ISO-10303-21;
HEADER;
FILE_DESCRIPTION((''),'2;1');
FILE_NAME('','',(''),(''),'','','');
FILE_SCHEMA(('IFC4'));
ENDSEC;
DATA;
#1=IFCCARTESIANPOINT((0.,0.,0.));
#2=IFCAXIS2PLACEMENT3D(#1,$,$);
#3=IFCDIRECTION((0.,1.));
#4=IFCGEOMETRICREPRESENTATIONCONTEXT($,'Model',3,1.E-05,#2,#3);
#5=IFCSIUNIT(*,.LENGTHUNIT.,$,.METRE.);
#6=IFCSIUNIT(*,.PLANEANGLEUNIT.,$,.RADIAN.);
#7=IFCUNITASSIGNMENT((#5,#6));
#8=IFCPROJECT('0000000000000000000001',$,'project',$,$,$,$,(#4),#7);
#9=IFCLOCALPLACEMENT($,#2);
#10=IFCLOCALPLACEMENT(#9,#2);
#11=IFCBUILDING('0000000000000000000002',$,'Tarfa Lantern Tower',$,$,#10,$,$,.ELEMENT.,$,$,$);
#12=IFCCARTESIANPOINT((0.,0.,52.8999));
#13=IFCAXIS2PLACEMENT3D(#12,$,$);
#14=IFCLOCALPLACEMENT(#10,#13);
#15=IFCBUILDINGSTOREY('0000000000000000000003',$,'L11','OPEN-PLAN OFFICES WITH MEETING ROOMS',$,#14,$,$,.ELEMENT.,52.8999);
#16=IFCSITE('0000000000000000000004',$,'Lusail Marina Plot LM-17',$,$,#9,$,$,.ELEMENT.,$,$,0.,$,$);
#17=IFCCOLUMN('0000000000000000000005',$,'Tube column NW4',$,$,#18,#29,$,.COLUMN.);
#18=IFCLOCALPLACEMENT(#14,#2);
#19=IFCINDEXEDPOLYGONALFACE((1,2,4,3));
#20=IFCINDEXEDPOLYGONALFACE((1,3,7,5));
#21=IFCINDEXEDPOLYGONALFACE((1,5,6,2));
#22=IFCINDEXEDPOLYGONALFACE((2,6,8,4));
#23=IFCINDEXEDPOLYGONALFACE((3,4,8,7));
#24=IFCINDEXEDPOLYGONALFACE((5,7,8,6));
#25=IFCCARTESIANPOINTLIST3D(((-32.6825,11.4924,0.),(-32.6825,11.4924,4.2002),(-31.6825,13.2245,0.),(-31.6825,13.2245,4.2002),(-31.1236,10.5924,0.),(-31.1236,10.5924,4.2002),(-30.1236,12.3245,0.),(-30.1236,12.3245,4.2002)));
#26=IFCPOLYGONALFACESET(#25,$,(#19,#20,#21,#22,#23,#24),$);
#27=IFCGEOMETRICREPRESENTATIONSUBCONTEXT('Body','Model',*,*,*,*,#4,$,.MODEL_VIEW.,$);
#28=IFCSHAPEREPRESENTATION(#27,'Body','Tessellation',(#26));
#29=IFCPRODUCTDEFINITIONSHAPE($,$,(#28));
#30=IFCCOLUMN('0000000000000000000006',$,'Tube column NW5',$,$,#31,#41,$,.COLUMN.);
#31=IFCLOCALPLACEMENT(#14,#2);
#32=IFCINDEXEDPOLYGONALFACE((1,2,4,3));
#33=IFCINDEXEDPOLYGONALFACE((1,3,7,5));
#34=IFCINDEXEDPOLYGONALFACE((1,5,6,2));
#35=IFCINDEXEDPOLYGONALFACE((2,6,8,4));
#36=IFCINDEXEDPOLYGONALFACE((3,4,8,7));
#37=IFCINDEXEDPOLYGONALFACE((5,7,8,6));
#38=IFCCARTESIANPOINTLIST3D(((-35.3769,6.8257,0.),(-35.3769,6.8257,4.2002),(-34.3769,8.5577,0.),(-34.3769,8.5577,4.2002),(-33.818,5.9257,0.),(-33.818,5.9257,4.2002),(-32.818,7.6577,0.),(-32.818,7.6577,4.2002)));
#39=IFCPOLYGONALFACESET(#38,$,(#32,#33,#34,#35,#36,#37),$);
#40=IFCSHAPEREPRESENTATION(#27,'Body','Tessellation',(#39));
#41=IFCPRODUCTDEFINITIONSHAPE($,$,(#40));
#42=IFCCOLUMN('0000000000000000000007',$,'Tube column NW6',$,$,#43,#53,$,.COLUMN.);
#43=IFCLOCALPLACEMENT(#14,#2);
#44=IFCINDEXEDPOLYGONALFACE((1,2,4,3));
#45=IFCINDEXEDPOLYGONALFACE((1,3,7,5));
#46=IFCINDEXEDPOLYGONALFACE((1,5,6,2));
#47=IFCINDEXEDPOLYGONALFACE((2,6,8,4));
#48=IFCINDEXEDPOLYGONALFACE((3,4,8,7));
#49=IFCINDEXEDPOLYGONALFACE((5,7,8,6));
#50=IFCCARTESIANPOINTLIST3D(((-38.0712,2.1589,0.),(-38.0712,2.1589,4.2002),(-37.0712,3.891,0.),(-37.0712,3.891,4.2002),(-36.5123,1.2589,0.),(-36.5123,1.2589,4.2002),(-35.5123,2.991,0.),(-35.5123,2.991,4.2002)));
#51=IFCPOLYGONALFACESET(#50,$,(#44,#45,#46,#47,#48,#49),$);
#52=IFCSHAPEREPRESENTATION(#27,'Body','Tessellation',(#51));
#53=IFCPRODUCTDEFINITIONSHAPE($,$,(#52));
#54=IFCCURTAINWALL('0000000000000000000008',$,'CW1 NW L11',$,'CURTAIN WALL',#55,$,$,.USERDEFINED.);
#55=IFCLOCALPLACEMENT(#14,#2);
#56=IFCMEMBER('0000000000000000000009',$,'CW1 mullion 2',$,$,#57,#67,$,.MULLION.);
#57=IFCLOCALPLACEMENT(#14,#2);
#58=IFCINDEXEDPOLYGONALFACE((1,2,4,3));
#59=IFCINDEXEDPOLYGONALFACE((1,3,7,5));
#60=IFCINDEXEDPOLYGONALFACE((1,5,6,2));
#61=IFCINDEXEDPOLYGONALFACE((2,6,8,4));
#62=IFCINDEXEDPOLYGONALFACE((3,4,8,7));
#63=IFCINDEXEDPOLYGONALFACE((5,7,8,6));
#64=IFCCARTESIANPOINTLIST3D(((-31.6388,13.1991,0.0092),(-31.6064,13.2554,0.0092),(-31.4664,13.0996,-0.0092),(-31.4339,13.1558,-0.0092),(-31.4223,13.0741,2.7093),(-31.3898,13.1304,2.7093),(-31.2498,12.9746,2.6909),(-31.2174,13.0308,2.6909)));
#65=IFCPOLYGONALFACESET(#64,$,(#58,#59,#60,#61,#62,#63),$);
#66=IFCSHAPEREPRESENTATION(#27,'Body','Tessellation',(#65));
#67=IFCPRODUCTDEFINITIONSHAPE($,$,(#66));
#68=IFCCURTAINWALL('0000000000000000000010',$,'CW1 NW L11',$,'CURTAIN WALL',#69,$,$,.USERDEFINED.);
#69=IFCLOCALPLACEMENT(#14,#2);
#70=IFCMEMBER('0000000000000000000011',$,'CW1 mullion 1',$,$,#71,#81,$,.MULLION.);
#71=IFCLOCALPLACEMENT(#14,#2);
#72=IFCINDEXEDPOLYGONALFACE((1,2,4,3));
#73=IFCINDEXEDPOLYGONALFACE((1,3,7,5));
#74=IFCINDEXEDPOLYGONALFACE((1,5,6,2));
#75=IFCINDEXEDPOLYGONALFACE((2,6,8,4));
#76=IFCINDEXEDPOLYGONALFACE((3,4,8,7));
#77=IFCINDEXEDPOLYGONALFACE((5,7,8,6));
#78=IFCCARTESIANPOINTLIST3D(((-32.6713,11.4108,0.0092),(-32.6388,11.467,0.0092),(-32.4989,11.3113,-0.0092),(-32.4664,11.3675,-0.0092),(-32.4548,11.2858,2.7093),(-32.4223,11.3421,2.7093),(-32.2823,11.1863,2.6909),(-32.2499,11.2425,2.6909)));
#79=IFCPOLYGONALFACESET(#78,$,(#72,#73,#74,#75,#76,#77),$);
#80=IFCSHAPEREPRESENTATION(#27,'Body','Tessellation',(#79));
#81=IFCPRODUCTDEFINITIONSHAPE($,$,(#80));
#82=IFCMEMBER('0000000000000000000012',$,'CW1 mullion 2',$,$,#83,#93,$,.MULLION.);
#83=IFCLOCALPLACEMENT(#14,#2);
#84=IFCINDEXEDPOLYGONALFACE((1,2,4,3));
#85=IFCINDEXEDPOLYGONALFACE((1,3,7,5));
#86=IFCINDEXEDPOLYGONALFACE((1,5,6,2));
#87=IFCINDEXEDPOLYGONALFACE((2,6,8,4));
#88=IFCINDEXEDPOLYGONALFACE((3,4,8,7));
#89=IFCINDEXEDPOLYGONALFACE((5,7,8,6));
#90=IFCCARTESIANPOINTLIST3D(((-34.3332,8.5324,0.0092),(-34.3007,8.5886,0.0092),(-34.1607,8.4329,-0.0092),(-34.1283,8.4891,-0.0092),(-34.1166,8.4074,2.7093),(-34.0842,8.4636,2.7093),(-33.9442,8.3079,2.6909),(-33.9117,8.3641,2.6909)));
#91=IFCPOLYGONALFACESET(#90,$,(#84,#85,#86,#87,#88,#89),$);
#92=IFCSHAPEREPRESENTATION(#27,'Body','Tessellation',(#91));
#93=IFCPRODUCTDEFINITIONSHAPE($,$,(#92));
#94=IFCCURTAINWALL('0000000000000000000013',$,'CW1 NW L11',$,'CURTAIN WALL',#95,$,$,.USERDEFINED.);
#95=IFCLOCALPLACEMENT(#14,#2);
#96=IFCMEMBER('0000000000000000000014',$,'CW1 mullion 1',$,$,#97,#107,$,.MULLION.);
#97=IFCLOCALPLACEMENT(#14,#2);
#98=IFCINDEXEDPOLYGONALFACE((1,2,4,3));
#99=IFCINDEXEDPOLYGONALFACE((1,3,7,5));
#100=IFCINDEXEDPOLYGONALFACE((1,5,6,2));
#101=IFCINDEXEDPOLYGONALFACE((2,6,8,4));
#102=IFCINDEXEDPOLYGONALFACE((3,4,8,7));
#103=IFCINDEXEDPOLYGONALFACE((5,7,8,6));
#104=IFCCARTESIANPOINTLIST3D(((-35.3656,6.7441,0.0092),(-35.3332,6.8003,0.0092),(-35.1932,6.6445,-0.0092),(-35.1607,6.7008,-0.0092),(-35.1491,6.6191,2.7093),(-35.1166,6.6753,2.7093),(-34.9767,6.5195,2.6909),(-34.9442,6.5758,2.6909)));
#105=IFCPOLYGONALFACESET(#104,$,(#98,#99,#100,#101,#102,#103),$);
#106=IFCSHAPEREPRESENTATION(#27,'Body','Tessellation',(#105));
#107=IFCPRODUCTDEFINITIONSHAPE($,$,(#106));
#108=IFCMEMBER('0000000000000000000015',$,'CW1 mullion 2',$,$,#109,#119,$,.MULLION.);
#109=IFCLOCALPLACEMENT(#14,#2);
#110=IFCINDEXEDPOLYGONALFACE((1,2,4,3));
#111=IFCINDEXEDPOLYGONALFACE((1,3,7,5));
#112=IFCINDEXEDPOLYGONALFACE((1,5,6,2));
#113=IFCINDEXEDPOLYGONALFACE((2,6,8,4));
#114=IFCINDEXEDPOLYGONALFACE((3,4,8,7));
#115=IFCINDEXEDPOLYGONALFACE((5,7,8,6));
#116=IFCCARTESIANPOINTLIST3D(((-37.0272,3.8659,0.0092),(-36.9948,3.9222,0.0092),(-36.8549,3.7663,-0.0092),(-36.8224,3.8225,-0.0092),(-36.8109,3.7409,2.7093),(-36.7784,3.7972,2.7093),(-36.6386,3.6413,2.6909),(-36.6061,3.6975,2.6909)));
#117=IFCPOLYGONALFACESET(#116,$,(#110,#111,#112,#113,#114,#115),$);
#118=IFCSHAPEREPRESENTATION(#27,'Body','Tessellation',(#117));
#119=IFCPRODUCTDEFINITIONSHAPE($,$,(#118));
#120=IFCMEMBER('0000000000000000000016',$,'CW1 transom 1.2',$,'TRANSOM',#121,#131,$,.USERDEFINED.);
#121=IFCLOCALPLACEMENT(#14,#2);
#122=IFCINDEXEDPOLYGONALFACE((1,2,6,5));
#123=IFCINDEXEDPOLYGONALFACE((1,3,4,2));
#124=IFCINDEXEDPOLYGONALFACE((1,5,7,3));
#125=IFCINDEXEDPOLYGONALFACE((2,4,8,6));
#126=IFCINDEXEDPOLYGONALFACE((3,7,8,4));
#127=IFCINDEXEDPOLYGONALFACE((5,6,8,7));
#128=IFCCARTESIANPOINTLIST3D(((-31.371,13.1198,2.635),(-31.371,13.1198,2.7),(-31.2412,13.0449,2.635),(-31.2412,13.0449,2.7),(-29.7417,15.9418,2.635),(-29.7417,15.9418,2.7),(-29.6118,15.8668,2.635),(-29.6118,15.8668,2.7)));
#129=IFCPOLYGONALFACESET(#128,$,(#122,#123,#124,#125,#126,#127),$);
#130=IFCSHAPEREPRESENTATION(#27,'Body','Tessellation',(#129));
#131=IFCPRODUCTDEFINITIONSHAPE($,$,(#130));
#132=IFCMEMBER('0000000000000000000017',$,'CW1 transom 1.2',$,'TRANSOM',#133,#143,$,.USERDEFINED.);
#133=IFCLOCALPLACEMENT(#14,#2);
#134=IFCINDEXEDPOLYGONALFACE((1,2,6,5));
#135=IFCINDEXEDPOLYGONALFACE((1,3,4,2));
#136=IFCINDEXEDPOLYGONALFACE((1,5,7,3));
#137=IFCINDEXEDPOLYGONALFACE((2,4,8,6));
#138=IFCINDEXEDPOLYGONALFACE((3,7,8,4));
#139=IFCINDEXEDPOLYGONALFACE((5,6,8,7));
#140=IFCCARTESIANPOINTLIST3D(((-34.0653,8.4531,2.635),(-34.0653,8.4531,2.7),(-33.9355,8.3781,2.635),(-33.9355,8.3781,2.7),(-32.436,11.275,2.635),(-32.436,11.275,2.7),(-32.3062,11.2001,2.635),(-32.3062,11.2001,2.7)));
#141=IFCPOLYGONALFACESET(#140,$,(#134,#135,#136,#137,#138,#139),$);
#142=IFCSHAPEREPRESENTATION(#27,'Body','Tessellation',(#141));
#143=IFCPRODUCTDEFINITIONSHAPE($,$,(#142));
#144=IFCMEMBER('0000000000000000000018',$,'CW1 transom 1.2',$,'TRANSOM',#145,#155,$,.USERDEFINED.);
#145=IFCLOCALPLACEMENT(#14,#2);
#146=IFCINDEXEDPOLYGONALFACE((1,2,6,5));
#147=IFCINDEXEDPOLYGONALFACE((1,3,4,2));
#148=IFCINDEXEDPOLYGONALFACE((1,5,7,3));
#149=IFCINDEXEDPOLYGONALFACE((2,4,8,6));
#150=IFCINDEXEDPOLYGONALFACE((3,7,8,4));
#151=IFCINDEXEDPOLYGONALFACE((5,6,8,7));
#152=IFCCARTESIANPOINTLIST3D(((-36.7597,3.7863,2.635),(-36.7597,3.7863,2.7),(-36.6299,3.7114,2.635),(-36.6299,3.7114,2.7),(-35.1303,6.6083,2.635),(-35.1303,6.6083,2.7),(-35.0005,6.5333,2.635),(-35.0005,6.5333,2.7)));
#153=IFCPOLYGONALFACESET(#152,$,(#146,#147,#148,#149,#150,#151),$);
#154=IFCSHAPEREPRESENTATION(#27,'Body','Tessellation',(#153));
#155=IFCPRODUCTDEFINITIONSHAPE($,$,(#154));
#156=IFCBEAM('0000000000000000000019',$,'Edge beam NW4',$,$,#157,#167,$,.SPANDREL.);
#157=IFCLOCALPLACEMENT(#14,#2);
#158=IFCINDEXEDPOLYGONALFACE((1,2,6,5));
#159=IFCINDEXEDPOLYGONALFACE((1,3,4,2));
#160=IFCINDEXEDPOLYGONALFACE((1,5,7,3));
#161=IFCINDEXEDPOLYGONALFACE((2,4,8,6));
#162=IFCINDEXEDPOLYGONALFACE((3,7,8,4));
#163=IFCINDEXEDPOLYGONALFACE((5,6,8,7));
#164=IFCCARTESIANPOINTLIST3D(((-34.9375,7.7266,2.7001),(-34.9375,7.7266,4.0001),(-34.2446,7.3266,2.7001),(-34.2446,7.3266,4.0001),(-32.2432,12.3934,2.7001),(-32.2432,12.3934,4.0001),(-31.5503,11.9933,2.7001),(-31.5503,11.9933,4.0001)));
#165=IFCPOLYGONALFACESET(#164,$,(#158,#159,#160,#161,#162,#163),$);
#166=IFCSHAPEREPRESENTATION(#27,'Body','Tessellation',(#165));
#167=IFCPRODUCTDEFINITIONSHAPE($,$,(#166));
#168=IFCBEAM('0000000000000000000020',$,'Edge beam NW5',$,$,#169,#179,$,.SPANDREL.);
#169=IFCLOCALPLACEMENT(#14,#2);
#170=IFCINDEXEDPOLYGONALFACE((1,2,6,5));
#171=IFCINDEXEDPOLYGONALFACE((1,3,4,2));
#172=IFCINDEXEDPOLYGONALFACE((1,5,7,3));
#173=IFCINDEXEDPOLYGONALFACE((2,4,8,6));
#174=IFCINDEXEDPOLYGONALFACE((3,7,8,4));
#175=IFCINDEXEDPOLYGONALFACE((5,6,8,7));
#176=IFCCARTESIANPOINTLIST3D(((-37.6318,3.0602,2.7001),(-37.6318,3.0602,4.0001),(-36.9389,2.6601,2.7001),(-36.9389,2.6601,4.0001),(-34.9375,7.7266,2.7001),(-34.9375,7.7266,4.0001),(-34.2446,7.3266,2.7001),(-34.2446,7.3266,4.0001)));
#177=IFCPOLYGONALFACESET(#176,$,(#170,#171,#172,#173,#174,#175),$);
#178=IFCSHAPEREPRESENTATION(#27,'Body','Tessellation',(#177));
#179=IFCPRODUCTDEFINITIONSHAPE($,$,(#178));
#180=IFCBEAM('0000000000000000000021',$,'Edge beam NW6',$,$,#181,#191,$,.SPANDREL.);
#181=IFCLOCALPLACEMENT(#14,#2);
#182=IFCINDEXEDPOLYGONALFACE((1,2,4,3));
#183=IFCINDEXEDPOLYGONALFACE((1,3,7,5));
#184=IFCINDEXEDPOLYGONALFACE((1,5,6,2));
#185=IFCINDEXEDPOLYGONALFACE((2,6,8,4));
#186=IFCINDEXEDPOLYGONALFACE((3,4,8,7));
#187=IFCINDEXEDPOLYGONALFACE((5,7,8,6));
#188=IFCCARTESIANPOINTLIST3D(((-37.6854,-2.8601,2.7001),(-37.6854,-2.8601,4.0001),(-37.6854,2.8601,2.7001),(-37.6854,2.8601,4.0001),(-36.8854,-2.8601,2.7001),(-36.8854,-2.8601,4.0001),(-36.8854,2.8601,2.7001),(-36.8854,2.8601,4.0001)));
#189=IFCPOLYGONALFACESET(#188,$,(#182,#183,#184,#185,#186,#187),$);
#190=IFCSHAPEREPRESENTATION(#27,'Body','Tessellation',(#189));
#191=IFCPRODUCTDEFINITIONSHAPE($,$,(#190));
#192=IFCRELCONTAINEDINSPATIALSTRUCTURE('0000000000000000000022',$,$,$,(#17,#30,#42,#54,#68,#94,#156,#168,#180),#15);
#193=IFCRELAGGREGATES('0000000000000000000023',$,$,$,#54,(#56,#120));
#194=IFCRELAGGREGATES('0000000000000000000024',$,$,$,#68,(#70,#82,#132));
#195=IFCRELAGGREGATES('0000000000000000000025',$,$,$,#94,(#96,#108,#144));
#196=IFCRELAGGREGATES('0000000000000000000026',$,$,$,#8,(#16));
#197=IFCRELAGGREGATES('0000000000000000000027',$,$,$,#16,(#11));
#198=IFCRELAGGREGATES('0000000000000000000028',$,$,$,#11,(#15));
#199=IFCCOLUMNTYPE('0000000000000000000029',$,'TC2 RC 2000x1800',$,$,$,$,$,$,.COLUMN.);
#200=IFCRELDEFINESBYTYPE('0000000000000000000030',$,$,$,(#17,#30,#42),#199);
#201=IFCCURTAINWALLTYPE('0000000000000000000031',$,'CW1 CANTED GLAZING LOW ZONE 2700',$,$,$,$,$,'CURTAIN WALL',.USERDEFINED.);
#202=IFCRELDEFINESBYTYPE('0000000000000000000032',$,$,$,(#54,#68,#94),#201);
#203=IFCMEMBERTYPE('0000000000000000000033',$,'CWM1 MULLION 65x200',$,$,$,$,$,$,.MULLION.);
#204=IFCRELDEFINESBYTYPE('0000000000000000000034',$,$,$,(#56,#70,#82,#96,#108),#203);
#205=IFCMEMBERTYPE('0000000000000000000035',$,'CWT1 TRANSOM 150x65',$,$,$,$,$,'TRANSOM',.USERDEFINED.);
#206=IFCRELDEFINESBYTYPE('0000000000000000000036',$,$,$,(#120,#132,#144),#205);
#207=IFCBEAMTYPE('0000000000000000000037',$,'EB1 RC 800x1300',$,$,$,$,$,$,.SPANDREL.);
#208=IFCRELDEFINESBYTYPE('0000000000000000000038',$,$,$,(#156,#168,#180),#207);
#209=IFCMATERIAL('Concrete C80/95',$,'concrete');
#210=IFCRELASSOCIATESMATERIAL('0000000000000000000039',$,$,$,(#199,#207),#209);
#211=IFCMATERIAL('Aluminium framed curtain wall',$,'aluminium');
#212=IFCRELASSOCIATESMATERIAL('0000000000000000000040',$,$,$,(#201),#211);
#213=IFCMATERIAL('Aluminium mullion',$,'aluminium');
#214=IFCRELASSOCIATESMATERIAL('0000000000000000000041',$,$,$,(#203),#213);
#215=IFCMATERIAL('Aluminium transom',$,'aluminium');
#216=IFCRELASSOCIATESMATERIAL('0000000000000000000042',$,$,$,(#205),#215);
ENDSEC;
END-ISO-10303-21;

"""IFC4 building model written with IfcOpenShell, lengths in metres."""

from ifc_helpers import new_model, si_unit, direction, frame, origin, origin_2d, place, context, subcontext, project, spatial, rectangle, extrude, material, material_profile, profile_set, type_object, element, aggregate, save


model = new_model("IFC4")

# Units and contexts
model_context = context("Model", 3, precision=1e-05, world=origin(), true_north=direction((0.0, 1.0)))
body_context = subcontext(model_context, "Body", "Model", "MODEL_VIEW")
ifc_project = project(units=[si_unit("LENGTHUNIT", "METRE"), si_unit("PLANEANGLEUNIT", "RADIAN")], contexts=[model_context])

# Site, building, storey
site_placement = place(None, origin())
site = spatial("IfcSite", under=ifc_project, at=site_placement, Name="Lusail Marina Plot LM-17", CompositionType="ELEMENT", RefElevation=0.0)
building_placement = place(site_placement, origin())
building = spatial("IfcBuilding", under=site, at=building_placement, Name="Tarfa Lantern Tower", CompositionType="ELEMENT")
storey_placement = place(building_placement, frame((0.0, 0.0, 52.8999)))
storey = spatial("IfcBuildingStorey", under=building, at=storey_placement, Name="L11", Description="OPEN-PLAN OFFICES WITH MEETING ROOMS", CompositionType="ELEMENT", Elevation=52.8999)

# Columns
ifc_material_1 = material(Name="Concrete C80/95", Category="concrete")
ifc_material_profile_1 = material_profile(ifc_material_1, rectangle(XDim=2.0, YDim=1.8, at=origin_2d()), Name="RC 2000x1800")
ifc_profile_set_1 = profile_set([ifc_material_profile_1], Name="Concrete C80/95")
column_type = type_object("IfcColumnType", Name="TC2 RC 2000x1800", PredefinedType="COLUMN", material=ifc_profile_set_1)
for number, where, z_axis, x_axis, name in (
    (1, (-31.4031, 11.9084, 0.0), (0.0, 0.0, 1.0), (-0.5, -0.866025, 0.0), "Tube column NW4"),
    (2, (-34.0974, 7.2417, 0.0), (0.0, 0.0, 1.0), (-0.5, -0.866025, 0.0), "Tube column NW5"),
    (3, (-36.7917, 2.575, 0.0), (0.0, 0.0, 1.0), (-0.5, -0.866025, 0.0), "Tube column NW6"),
):
    element("IfcColumn", number, at=place(storey_placement, frame(where, z_axis=z_axis, x_axis=x_axis)), inside=storey, type_object=column_type, Name=name, PredefinedType="COLUMN", context=body_context, shape_type="SweptSolid", body=[
        extrude(rectangle(XDim=2.0, YDim=1.8, at=origin_2d()), origin(), (0.0, 0.0, 1.0), 4.2002),
    ])

# Curtain wall, member
ifc_material_2 = material(Name="Aluminium framed curtain wall", Category="aluminium")
curtain_wall_type = type_object("IfcCurtainWallType", Name="CW1 CANTED GLAZING LOW ZONE 2700", ElementType="CURTAIN WALL", PredefinedType="USERDEFINED", material=ifc_material_2)
curtain_wall_1_placement = place(storey_placement, origin())
curtain_wall_1 = element("IfcCurtainWall", 4, at=curtain_wall_1_placement, inside=storey, type_object=curtain_wall_type, Name="CW1 NW L11", ObjectType="CURTAIN WALL", PredefinedType="USERDEFINED")
ifc_material_3 = material(Name="Aluminium mullion", Category="aluminium")
ifc_material_profile_2 = material_profile(ifc_material_3, rectangle(XDim=0.0649, YDim=0.2, at=origin_2d()), Name="AL MULLION 65x200")
ifc_profile_set_2 = profile_set([ifc_material_profile_2], Name="Aluminium mullion")
member_type_1 = type_object("IfcMemberType", Name="CWM1 MULLION 65x200", PredefinedType="MULLION", material=ifc_profile_set_2)
member_1_placement = place(storey_placement, frame((-31.5364, 13.1775, 0.0), z_axis=(0.079857, -0.046096, 0.99574), x_axis=(0.49992, 0.866072, 0.0)))
member_1 = element("IfcMember", 5, at=member_1_placement, type_object=member_type_1, Name="CW1 mullion 2", PredefinedType="MULLION", context=body_context, shape_type="SweptSolid", body=[
    extrude(rectangle(XDim=0.0649, YDim=0.2, at=origin_2d()), origin(), (0.0, 0.0, 1.0), 2.7117),
])

# Curtain walls, members
curtain_wall_2_placement = place(storey_placement, origin())
curtain_wall_2 = element("IfcCurtainWall", 6, at=curtain_wall_2_placement, inside=storey, type_object=curtain_wall_type, Name="CW1 NW L11", ObjectType="CURTAIN WALL", PredefinedType="USERDEFINED")
member_2_placement = place(storey_placement, frame((-32.5688, 11.3892, 0.0), z_axis=(0.079857, -0.046096, 0.99574), x_axis=(0.49992, 0.866072, 0.0)))
member_2 = element("IfcMember", 7, at=member_2_placement, type_object=member_type_1, Name="CW1 mullion 1", PredefinedType="MULLION", context=body_context, shape_type="SweptSolid", body=[
    extrude(rectangle(XDim=0.0649, YDim=0.2, at=origin_2d()), origin(), (0.0, 0.0, 1.0), 2.7117),
])
member_3_placement = place(storey_placement, frame((-34.2307, 8.5107, 0.0), z_axis=(0.079857, -0.046096, 0.99574), x_axis=(0.49992, 0.866072, 0.0)))
member_3 = element("IfcMember", 8, at=member_3_placement, type_object=member_type_1, Name="CW1 mullion 2", PredefinedType="MULLION", context=body_context, shape_type="SweptSolid", body=[
    extrude(rectangle(XDim=0.0649, YDim=0.2, at=origin_2d()), origin(), (0.0, 0.0, 1.0), 2.7117),
])
curtain_wall_3_placement = place(storey_placement, origin())
curtain_wall_3 = element("IfcCurtainWall", 9, at=curtain_wall_3_placement, inside=storey, type_object=curtain_wall_type, Name="CW1 NW L11", ObjectType="CURTAIN WALL", PredefinedType="USERDEFINED")
member_4_placement = place(storey_placement, frame((-35.2632, 6.7224, 0.0), z_axis=(0.079857, -0.046096, 0.99574), x_axis=(0.49992, 0.866072, 0.0)))
member_4 = element("IfcMember", 10, at=member_4_placement, type_object=member_type_1, Name="CW1 mullion 1", PredefinedType="MULLION", context=body_context, shape_type="SweptSolid", body=[
    extrude(rectangle(XDim=0.0649, YDim=0.2, at=origin_2d()), origin(), (0.0, 0.0, 1.0), 2.7117),
])
member_5_placement = place(storey_placement, frame((-36.9248, 3.8442, 0.0), z_axis=(0.079768, -0.046096, 0.995747), x_axis=(0.500343, 0.865827, 0.0)))
member_5 = element("IfcMember", 11, at=member_5_placement, type_object=member_type_1, Name="CW1 mullion 2", PredefinedType="MULLION", context=body_context, shape_type="SweptSolid", body=[
    extrude(rectangle(XDim=0.0649, YDim=0.2, at=origin_2d()), origin(), (0.0, 0.0, 1.0), 2.7117),
])

# Members
ifc_material_4 = material(Name="Aluminium transom", Category="aluminium")
ifc_material_profile_3 = material_profile(ifc_material_4, rectangle(XDim=0.1499, YDim=0.0649, at=origin_2d()), Name="AL TRANSOM 150x65")
ifc_profile_set_3 = profile_set([ifc_material_profile_3], Name="Aluminium transom")
member_type_2 = type_object("IfcMemberType", Name="CWT1 TRANSOM 150x65", ElementType="TRANSOM", PredefinedType="USERDEFINED", material=ifc_profile_set_3)
member_6_placement = place(storey_placement, frame((-29.6768, 15.9043, 2.6675), z_axis=(-0.500023, -0.866012, 0.0), x_axis=(0.866012, -0.500023, 0.0)))
member_6 = element("IfcMember", 12, at=member_6_placement, type_object=member_type_2, Name="CW1 transom 1.2", ObjectType="TRANSOM", PredefinedType="USERDEFINED", context=body_context, shape_type="SweptSolid", body=[
    extrude(rectangle(XDim=0.1499, YDim=0.0649, at=origin_2d()), origin(), (0.0, 0.0, 1.0), 3.2585),
])
aggregate(curtain_wall_1, [member_1, member_6])
member_7_placement = place(storey_placement, frame((-32.3711, 11.2375, 2.6675), z_axis=(-0.500023, -0.866012, 0.0), x_axis=(0.866012, -0.500023, 0.0)))
member_7 = element("IfcMember", 13, at=member_7_placement, type_object=member_type_2, Name="CW1 transom 1.2", ObjectType="TRANSOM", PredefinedType="USERDEFINED", context=body_context, shape_type="SweptSolid", body=[
    extrude(rectangle(XDim=0.1499, YDim=0.0649, at=origin_2d()), origin(), (0.0, 0.0, 1.0), 3.2585),
])
member_8_placement = place(storey_placement, frame((-35.0654, 6.5708, 2.6675), z_axis=(-0.500023, -0.866012, 0.0), x_axis=(0.866012, -0.500023, 0.0)))
member_8 = element("IfcMember", 14, at=member_8_placement, type_object=member_type_2, Name="CW1 transom 1.2", ObjectType="TRANSOM", PredefinedType="USERDEFINED", context=body_context, shape_type="SweptSolid", body=[
    extrude(rectangle(XDim=0.1499, YDim=0.0649, at=origin_2d()), origin(), (0.0, 0.0, 1.0), 3.2585),
])

# Beams
ifc_material_profile_4 = material_profile(ifc_material_1, rectangle(XDim=0.8, YDim=1.3, at=origin_2d()), Name="RC 800x1300")
ifc_profile_set_4 = profile_set([ifc_material_profile_4], Name="Concrete C80/95")
beam_type_1 = type_object("IfcBeamType", Name="EB1 RC 800x1300", PredefinedType="SPANDREL", material=ifc_profile_set_4)
beam_1_placement = place(storey_placement, frame((-31.8967, 12.1934, 3.3501), z_axis=(-0.499998, -0.866026, 0.0), x_axis=(0.866026, -0.499998, 0.0)))
element("IfcBeam", 15, at=beam_1_placement, inside=storey, type_object=beam_type_1, Name="Edge beam NW4", PredefinedType="SPANDREL", context=body_context, shape_type="SweptSolid", body=[
    extrude(rectangle(XDim=0.8, YDim=1.3, at=origin_2d()), origin(), (0.0, 0.0, 1.0), 5.3887),
])
beam_2_placement = place(storey_placement, frame((-34.5911, 7.5266, 3.3501), z_axis=(-0.500018, -0.866015, 0.0), x_axis=(0.866015, -0.500018, 0.0)))
element("IfcBeam", 16, at=beam_2_placement, inside=storey, type_object=beam_type_1, Name="Edge beam NW5", PredefinedType="SPANDREL", context=body_context, shape_type="SweptSolid", body=[
    extrude(rectangle(XDim=0.8, YDim=1.3, at=origin_2d()), origin(), (0.0, 0.0, 1.0), 5.3884),
])
beam_3_placement = place(storey_placement, frame((-37.2854, 2.8601, 3.3501), z_axis=(0.0, -1.0, 0.0), x_axis=(1.0, 0.0, 0.0)))
element("IfcBeam", 17, at=beam_3_placement, inside=storey, type_object=beam_type_1, Name="Edge beam NW6", PredefinedType="SPANDREL", context=body_context, shape_type="SweptSolid", body=[
    extrude(rectangle(XDim=0.8, YDim=1.3, at=origin_2d()), origin(), (0.0, 0.0, 1.0), 5.7202),
])

aggregate(curtain_wall_2, [member_2, member_3, member_7])
aggregate(curtain_wall_3, [member_4, member_5, member_8])

save(model, "model.ifc")
